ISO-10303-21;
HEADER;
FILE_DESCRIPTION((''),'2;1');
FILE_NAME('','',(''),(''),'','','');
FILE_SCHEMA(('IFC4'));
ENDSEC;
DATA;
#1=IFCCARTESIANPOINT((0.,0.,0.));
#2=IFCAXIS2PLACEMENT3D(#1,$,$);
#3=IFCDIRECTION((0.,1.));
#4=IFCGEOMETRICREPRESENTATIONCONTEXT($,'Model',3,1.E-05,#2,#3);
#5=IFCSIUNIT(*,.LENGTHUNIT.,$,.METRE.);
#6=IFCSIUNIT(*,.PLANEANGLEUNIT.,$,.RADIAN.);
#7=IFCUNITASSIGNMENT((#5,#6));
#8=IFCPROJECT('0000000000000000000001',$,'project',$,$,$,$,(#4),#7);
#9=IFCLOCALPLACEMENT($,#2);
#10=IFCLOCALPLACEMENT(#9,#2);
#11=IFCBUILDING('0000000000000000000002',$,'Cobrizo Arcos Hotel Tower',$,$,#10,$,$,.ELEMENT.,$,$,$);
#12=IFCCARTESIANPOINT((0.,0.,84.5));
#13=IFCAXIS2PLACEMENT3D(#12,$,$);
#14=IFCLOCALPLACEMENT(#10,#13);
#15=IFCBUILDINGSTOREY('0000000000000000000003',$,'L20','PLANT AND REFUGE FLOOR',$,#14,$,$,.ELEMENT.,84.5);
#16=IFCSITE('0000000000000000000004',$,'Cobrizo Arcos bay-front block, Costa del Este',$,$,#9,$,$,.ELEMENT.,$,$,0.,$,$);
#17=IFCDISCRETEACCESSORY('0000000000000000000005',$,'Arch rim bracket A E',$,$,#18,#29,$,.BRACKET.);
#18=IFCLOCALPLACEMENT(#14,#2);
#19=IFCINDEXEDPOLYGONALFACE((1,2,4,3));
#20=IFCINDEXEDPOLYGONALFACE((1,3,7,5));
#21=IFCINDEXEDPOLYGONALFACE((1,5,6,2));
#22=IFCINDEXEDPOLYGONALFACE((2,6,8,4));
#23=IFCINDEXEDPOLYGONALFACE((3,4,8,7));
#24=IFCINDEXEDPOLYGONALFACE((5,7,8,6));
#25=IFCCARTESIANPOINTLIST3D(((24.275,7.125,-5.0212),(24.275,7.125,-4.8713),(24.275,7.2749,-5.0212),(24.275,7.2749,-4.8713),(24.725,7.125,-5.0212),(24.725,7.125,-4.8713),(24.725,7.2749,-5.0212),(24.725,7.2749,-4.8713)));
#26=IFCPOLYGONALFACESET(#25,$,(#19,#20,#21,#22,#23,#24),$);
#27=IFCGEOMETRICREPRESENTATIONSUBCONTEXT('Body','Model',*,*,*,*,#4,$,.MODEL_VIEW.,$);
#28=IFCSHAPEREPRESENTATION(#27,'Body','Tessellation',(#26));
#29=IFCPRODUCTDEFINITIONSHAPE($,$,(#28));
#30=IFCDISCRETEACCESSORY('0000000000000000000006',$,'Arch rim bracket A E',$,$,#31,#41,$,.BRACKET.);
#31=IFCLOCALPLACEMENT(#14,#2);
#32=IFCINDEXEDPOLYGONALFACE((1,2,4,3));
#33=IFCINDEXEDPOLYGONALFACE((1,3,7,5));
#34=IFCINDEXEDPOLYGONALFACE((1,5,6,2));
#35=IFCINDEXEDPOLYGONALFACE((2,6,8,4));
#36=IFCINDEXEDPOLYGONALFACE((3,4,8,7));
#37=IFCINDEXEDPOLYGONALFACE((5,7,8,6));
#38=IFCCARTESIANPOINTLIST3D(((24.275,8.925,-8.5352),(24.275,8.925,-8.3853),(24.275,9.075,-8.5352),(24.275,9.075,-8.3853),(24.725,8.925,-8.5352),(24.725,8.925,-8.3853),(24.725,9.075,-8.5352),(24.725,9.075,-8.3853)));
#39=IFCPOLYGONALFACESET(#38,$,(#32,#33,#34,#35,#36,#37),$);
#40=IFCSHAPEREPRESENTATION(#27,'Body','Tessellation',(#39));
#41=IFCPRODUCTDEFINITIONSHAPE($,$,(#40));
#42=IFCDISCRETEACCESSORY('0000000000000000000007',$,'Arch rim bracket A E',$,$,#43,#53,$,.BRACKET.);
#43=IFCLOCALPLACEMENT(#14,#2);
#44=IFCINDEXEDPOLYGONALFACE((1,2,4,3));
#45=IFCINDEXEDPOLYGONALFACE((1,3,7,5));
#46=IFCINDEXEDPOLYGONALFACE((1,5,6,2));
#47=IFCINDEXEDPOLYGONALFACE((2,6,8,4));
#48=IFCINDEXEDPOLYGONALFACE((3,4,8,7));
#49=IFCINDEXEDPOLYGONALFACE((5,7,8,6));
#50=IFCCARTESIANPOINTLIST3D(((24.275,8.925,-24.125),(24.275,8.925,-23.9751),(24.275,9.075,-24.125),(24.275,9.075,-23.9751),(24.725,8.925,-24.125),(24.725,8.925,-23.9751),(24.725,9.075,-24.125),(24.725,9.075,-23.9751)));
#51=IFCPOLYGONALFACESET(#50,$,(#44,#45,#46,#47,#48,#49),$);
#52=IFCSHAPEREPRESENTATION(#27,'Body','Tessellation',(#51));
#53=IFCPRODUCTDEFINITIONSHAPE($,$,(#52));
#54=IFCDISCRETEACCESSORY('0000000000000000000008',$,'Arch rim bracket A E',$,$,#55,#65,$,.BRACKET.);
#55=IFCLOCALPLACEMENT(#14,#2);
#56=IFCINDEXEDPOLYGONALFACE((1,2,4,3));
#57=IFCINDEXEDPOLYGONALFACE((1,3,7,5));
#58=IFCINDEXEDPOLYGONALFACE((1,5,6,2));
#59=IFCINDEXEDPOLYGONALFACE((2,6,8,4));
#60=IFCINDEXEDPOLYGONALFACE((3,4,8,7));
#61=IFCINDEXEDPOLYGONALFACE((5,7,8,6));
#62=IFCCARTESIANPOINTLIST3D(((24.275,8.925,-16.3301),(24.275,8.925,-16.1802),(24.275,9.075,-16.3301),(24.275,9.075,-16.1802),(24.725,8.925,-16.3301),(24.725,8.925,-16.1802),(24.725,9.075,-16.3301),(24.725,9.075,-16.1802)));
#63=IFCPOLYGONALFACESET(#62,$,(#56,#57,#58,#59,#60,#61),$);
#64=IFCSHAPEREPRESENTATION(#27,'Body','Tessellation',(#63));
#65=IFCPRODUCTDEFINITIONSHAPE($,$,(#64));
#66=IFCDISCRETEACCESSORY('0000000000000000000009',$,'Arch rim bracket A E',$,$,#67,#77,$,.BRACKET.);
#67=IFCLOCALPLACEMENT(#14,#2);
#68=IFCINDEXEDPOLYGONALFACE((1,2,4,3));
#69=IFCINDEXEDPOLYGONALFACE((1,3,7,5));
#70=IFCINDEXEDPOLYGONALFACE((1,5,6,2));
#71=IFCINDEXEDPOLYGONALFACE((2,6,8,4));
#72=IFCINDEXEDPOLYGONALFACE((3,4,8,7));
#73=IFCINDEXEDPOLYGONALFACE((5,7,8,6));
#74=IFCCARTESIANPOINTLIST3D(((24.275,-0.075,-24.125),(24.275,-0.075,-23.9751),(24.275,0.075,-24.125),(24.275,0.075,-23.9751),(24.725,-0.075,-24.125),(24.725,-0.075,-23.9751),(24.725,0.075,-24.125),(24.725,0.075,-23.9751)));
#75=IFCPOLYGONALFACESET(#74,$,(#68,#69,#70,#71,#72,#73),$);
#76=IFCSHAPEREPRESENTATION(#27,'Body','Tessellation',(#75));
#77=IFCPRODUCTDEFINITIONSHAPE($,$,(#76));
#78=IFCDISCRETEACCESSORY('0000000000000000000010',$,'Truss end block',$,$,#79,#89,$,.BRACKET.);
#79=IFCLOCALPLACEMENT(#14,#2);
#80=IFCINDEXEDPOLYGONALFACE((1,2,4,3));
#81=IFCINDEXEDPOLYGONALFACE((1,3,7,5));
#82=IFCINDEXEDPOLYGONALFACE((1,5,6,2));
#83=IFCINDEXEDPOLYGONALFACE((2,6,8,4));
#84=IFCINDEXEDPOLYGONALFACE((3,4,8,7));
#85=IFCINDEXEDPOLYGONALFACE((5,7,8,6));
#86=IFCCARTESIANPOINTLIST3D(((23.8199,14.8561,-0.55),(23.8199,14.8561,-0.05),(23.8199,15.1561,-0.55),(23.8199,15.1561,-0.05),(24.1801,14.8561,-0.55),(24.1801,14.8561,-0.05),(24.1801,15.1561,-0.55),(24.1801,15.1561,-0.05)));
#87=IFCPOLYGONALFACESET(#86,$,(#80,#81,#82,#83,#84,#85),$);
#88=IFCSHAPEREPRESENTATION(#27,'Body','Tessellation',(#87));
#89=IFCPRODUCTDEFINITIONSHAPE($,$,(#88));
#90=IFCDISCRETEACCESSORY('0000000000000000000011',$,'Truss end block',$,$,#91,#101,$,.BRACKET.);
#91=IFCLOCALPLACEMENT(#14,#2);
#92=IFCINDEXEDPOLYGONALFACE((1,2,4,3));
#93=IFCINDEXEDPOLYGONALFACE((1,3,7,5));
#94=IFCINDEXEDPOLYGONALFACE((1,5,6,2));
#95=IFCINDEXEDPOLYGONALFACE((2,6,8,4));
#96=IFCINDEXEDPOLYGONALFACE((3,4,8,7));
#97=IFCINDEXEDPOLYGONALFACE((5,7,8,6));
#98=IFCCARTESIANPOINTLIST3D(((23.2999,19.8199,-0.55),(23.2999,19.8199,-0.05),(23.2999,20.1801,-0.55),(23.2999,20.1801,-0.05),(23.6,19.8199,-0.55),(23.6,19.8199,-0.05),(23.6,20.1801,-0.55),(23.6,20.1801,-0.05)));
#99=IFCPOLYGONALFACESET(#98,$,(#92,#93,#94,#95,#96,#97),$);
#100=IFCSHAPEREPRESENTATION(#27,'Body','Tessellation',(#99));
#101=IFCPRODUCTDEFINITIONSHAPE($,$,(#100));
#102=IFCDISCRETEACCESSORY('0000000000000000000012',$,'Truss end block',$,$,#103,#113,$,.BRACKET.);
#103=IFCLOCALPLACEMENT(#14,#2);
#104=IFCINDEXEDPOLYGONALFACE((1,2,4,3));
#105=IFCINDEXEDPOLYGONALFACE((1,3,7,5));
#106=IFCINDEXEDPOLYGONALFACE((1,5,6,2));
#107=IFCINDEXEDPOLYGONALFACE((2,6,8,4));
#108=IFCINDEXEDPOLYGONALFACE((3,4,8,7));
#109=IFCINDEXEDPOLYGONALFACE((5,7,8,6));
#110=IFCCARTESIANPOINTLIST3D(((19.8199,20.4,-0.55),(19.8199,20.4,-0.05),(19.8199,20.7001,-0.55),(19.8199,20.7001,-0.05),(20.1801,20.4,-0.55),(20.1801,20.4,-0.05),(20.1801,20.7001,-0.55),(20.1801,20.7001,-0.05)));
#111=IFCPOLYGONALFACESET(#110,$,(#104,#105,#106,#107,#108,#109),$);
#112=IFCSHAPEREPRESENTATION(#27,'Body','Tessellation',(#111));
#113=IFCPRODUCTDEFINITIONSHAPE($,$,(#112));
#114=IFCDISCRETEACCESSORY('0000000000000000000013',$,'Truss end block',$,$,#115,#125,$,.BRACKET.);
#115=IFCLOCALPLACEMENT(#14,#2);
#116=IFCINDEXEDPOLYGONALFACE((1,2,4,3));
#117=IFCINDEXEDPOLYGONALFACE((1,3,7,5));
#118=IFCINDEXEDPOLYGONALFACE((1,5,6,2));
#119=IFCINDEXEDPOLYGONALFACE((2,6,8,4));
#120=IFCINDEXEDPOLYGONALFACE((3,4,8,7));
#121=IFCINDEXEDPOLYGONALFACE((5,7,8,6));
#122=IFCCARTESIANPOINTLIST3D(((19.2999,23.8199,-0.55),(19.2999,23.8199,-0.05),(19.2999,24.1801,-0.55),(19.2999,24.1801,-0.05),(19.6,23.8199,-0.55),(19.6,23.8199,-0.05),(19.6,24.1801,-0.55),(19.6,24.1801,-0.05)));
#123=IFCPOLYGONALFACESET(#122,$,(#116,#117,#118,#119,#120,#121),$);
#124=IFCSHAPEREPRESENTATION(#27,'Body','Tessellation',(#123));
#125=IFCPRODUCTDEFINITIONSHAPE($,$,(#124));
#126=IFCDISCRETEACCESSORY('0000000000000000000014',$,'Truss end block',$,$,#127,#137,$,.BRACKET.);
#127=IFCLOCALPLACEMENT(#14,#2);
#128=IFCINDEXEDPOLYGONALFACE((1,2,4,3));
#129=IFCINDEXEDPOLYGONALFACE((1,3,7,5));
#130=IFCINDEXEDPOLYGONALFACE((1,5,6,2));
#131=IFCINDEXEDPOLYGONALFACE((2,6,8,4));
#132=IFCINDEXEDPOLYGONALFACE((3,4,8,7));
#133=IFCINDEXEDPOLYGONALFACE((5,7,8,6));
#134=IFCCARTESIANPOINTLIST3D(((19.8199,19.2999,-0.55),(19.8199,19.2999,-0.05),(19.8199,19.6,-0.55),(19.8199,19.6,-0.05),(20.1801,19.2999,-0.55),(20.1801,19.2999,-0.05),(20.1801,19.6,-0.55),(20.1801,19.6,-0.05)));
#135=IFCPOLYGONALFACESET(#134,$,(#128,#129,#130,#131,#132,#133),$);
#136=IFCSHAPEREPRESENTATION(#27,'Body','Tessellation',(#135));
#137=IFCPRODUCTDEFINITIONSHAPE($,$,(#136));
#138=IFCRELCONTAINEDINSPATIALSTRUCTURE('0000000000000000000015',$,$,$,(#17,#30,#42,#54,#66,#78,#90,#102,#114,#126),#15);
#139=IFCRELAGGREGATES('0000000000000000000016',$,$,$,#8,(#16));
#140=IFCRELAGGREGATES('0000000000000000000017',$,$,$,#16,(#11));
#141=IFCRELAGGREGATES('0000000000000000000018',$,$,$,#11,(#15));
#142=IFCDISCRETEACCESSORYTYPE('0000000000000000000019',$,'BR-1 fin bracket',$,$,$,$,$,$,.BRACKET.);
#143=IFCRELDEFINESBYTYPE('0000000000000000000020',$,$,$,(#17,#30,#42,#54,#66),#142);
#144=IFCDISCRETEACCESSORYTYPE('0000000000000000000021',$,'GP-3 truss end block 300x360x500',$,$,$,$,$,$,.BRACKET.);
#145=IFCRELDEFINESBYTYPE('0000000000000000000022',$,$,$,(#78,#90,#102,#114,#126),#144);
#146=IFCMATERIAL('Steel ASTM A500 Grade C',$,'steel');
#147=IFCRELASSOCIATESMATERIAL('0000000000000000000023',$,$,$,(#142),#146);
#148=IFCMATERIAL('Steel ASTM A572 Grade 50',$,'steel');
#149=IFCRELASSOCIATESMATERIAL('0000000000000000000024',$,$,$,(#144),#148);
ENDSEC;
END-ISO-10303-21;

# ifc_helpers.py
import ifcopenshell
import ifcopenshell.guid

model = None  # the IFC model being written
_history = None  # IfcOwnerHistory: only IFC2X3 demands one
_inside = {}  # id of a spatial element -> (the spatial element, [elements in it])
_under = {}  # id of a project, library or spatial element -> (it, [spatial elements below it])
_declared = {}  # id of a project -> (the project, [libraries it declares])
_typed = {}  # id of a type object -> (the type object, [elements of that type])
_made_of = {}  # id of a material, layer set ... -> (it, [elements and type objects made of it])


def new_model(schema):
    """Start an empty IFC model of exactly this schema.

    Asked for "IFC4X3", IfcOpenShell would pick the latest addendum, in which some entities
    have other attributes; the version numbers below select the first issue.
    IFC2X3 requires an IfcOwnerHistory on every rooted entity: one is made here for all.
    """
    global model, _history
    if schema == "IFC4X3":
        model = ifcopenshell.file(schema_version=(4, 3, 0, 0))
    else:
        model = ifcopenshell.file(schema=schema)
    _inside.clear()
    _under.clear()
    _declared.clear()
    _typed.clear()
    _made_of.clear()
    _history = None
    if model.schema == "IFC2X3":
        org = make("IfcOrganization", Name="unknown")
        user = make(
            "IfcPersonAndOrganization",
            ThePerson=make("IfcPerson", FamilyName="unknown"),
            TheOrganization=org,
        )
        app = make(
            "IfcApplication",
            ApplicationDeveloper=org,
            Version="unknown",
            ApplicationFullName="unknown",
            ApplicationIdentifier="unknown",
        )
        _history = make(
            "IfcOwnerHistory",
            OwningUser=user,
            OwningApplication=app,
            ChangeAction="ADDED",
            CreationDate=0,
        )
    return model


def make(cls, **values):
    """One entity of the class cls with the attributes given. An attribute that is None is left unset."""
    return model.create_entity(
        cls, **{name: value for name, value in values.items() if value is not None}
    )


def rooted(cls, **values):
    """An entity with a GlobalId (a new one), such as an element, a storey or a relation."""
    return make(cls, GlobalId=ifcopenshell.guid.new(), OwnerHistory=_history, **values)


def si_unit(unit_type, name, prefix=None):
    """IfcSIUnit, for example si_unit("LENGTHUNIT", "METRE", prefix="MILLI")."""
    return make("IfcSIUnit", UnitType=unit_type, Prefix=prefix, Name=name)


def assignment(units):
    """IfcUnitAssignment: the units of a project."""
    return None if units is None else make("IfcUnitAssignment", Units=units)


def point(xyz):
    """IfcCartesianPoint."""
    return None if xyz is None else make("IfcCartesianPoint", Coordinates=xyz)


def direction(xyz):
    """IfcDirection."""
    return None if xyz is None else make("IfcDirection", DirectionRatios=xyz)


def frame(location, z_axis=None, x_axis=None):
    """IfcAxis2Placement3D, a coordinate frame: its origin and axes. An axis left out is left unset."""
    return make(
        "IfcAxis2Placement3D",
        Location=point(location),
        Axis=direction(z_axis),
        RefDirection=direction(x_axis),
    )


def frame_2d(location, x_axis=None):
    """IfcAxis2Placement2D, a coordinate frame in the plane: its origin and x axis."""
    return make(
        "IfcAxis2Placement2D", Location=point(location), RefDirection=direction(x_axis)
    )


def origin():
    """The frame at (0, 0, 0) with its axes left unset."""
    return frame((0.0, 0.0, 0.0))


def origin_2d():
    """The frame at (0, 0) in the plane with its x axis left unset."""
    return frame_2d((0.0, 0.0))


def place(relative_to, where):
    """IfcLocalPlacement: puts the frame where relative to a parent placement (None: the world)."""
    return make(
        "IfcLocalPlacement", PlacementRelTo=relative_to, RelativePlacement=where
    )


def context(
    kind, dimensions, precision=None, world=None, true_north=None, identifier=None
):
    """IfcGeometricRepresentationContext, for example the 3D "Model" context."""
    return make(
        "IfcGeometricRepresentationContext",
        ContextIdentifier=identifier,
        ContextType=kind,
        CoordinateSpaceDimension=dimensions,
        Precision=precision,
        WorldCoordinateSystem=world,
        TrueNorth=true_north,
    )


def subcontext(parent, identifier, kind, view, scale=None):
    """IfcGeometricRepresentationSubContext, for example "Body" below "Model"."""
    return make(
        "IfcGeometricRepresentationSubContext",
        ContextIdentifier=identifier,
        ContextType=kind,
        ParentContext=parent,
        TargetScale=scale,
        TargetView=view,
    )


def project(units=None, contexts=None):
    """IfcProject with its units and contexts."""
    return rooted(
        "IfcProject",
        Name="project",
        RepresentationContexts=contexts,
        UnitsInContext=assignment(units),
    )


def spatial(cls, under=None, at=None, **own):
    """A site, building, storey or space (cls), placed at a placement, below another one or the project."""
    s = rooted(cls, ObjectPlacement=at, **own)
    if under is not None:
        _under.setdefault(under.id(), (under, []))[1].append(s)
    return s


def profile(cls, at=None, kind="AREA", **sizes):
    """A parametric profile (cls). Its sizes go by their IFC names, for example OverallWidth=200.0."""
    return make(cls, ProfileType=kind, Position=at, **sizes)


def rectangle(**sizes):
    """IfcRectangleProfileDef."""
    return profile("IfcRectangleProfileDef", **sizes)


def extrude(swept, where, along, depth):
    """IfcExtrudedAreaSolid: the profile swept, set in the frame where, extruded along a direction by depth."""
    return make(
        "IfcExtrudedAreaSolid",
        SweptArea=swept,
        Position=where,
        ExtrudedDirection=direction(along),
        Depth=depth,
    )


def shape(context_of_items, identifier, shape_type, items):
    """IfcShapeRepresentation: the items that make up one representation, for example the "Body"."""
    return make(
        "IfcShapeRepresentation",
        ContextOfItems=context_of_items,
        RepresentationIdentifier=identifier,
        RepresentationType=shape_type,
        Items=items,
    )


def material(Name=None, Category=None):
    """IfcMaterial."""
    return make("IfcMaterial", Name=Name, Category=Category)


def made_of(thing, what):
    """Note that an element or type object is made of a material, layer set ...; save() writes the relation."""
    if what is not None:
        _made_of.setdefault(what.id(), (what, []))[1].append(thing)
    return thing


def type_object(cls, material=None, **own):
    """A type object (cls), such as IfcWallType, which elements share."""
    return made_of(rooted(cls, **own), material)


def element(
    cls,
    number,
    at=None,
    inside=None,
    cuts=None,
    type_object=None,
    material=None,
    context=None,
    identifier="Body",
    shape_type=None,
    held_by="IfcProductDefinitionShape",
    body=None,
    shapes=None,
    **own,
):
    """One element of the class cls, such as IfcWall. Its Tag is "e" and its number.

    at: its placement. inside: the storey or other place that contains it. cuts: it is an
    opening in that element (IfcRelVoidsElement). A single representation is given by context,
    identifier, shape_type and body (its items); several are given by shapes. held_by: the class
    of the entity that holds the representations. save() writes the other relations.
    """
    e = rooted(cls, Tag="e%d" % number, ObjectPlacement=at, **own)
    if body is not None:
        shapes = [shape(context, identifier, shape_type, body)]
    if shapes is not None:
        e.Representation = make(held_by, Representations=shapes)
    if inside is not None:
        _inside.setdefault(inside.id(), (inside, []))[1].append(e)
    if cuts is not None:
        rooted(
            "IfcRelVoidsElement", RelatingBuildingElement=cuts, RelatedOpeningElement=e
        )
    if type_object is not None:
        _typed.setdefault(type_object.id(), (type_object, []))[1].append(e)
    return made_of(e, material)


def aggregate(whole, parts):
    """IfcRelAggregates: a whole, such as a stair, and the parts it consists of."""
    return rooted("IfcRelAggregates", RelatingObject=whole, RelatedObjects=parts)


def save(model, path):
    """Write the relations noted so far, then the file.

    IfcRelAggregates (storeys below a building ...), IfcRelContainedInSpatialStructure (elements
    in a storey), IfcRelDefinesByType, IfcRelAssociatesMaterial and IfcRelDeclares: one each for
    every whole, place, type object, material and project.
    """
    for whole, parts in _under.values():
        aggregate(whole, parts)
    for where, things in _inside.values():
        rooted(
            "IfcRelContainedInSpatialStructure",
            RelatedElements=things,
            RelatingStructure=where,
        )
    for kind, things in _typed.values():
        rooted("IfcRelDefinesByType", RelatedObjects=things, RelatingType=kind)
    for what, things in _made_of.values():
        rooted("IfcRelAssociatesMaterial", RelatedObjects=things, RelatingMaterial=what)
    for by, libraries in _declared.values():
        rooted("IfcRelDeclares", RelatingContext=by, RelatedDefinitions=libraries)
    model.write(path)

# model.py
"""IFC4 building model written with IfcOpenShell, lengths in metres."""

from ifc_helpers import new_model, si_unit, direction, frame, origin, origin_2d, place, context, subcontext, project, spatial, rectangle, extrude, material, type_object, element, save


model = new_model("IFC4")

# Units and contexts
model_context = context("Model", 3, precision=1e-05, world=origin(), true_north=direction((0.0, 1.0)))
body_context = subcontext(model_context, "Body", "Model", "MODEL_VIEW")
ifc_project = project(units=[si_unit("LENGTHUNIT", "METRE"), si_unit("PLANEANGLEUNIT", "RADIAN")], contexts=[model_context])

# Site, building, storey
site_placement = place(None, origin())
site = spatial("IfcSite", under=ifc_project, at=site_placement, Name="Cobrizo Arcos bay-front block, Costa del Este", CompositionType="ELEMENT", RefElevation=0.0)
building_placement = place(site_placement, origin())
building = spatial("IfcBuilding", under=site, at=building_placement, Name="Cobrizo Arcos Hotel Tower", CompositionType="ELEMENT")
storey_placement = place(building_placement, frame((0.0, 0.0, 84.5)))
storey = spatial("IfcBuildingStorey", under=building, at=storey_placement, Name="L20", Description="PLANT AND REFUGE FLOOR", CompositionType="ELEMENT", Elevation=84.5)

# Discrete accessories
ifc_material_1 = material(Name="Steel ASTM A500 Grade C", Category="steel")
discrete_accessory_type_1 = type_object("IfcDiscreteAccessoryType", Name="BR-1 fin bracket", PredefinedType="BRACKET", material=ifc_material_1)
for number, where, z_axis, x_axis, name in (
    (1, (24.5, 7.2, -5.0212), (0.0, 0.0, 1.0), (1.0, 0.0, 0.0), "Arch rim bracket A E"),
    (2, (24.5, 9.0, -8.5352), (0.0, 0.0, 1.0), (1.0, 0.0, 0.0), "Arch rim bracket A E"),
    (3, (24.5, 9.0, -24.125), (0.0, 0.0, 1.0), (1.0, 0.0, 0.0), "Arch rim bracket A E"),
    (4, (24.5, 9.0, -16.3301), (0.0, 0.0, 1.0), (1.0, 0.0, 0.0), "Arch rim bracket A E"),
    (5, (24.5, 0.0, -24.125), (0.0, 0.0, 1.0), (1.0, 0.0, 0.0), "Arch rim bracket A E"),
):
    element("IfcDiscreteAccessory", number, at=place(storey_placement, frame(where, z_axis=z_axis, x_axis=x_axis)), inside=storey, type_object=discrete_accessory_type_1, Name=name, PredefinedType="BRACKET", context=body_context, shape_type="SweptSolid", body=[
        extrude(rectangle(XDim=0.45, YDim=0.1499, at=origin_2d()), origin(), (0.0, 0.0, 1.0), 0.1499),
    ])
ifc_material_2 = material(Name="Steel ASTM A572 Grade 50", Category="steel")
discrete_accessory_type_2 = type_object("IfcDiscreteAccessoryType", Name="GP-3 truss end block 300x360x500", PredefinedType="BRACKET", material=ifc_material_2)
for number, where, z_axis, x_axis, name in (
    (6, (24.0, 15.0061, -0.55), (0.0, 0.0, 1.0), (0.0, -1.0, 0.0), "Truss end block"),
    (7, (23.45, 20.0, -0.55), (0.0, 0.0, 1.0), (-1.0, 0.0, 0.0), "Truss end block"),
    (8, (20.0, 20.55, -0.55), (0.0, 0.0, 1.0), (0.0, 1.0, 0.0), "Truss end block"),
    (9, (19.45, 24.0, -0.55), (0.0, 0.0, 1.0), (-1.0, 0.0, 0.0), "Truss end block"),
    (10, (20.0, 19.45, -0.55), (0.0, 0.0, 1.0), (0.0, -1.0, 0.0), "Truss end block"),
):
    element("IfcDiscreteAccessory", number, at=place(storey_placement, frame(where, z_axis=z_axis, x_axis=x_axis)), inside=storey, type_object=discrete_accessory_type_2, Name=name, PredefinedType="BRACKET", context=body_context, shape_type="SweptSolid", body=[
        extrude(rectangle(XDim=0.3, YDim=0.3601, at=origin_2d()), origin(), (0.0, 0.0, 1.0), 0.5),
    ])

save(model, "model.ifc")
